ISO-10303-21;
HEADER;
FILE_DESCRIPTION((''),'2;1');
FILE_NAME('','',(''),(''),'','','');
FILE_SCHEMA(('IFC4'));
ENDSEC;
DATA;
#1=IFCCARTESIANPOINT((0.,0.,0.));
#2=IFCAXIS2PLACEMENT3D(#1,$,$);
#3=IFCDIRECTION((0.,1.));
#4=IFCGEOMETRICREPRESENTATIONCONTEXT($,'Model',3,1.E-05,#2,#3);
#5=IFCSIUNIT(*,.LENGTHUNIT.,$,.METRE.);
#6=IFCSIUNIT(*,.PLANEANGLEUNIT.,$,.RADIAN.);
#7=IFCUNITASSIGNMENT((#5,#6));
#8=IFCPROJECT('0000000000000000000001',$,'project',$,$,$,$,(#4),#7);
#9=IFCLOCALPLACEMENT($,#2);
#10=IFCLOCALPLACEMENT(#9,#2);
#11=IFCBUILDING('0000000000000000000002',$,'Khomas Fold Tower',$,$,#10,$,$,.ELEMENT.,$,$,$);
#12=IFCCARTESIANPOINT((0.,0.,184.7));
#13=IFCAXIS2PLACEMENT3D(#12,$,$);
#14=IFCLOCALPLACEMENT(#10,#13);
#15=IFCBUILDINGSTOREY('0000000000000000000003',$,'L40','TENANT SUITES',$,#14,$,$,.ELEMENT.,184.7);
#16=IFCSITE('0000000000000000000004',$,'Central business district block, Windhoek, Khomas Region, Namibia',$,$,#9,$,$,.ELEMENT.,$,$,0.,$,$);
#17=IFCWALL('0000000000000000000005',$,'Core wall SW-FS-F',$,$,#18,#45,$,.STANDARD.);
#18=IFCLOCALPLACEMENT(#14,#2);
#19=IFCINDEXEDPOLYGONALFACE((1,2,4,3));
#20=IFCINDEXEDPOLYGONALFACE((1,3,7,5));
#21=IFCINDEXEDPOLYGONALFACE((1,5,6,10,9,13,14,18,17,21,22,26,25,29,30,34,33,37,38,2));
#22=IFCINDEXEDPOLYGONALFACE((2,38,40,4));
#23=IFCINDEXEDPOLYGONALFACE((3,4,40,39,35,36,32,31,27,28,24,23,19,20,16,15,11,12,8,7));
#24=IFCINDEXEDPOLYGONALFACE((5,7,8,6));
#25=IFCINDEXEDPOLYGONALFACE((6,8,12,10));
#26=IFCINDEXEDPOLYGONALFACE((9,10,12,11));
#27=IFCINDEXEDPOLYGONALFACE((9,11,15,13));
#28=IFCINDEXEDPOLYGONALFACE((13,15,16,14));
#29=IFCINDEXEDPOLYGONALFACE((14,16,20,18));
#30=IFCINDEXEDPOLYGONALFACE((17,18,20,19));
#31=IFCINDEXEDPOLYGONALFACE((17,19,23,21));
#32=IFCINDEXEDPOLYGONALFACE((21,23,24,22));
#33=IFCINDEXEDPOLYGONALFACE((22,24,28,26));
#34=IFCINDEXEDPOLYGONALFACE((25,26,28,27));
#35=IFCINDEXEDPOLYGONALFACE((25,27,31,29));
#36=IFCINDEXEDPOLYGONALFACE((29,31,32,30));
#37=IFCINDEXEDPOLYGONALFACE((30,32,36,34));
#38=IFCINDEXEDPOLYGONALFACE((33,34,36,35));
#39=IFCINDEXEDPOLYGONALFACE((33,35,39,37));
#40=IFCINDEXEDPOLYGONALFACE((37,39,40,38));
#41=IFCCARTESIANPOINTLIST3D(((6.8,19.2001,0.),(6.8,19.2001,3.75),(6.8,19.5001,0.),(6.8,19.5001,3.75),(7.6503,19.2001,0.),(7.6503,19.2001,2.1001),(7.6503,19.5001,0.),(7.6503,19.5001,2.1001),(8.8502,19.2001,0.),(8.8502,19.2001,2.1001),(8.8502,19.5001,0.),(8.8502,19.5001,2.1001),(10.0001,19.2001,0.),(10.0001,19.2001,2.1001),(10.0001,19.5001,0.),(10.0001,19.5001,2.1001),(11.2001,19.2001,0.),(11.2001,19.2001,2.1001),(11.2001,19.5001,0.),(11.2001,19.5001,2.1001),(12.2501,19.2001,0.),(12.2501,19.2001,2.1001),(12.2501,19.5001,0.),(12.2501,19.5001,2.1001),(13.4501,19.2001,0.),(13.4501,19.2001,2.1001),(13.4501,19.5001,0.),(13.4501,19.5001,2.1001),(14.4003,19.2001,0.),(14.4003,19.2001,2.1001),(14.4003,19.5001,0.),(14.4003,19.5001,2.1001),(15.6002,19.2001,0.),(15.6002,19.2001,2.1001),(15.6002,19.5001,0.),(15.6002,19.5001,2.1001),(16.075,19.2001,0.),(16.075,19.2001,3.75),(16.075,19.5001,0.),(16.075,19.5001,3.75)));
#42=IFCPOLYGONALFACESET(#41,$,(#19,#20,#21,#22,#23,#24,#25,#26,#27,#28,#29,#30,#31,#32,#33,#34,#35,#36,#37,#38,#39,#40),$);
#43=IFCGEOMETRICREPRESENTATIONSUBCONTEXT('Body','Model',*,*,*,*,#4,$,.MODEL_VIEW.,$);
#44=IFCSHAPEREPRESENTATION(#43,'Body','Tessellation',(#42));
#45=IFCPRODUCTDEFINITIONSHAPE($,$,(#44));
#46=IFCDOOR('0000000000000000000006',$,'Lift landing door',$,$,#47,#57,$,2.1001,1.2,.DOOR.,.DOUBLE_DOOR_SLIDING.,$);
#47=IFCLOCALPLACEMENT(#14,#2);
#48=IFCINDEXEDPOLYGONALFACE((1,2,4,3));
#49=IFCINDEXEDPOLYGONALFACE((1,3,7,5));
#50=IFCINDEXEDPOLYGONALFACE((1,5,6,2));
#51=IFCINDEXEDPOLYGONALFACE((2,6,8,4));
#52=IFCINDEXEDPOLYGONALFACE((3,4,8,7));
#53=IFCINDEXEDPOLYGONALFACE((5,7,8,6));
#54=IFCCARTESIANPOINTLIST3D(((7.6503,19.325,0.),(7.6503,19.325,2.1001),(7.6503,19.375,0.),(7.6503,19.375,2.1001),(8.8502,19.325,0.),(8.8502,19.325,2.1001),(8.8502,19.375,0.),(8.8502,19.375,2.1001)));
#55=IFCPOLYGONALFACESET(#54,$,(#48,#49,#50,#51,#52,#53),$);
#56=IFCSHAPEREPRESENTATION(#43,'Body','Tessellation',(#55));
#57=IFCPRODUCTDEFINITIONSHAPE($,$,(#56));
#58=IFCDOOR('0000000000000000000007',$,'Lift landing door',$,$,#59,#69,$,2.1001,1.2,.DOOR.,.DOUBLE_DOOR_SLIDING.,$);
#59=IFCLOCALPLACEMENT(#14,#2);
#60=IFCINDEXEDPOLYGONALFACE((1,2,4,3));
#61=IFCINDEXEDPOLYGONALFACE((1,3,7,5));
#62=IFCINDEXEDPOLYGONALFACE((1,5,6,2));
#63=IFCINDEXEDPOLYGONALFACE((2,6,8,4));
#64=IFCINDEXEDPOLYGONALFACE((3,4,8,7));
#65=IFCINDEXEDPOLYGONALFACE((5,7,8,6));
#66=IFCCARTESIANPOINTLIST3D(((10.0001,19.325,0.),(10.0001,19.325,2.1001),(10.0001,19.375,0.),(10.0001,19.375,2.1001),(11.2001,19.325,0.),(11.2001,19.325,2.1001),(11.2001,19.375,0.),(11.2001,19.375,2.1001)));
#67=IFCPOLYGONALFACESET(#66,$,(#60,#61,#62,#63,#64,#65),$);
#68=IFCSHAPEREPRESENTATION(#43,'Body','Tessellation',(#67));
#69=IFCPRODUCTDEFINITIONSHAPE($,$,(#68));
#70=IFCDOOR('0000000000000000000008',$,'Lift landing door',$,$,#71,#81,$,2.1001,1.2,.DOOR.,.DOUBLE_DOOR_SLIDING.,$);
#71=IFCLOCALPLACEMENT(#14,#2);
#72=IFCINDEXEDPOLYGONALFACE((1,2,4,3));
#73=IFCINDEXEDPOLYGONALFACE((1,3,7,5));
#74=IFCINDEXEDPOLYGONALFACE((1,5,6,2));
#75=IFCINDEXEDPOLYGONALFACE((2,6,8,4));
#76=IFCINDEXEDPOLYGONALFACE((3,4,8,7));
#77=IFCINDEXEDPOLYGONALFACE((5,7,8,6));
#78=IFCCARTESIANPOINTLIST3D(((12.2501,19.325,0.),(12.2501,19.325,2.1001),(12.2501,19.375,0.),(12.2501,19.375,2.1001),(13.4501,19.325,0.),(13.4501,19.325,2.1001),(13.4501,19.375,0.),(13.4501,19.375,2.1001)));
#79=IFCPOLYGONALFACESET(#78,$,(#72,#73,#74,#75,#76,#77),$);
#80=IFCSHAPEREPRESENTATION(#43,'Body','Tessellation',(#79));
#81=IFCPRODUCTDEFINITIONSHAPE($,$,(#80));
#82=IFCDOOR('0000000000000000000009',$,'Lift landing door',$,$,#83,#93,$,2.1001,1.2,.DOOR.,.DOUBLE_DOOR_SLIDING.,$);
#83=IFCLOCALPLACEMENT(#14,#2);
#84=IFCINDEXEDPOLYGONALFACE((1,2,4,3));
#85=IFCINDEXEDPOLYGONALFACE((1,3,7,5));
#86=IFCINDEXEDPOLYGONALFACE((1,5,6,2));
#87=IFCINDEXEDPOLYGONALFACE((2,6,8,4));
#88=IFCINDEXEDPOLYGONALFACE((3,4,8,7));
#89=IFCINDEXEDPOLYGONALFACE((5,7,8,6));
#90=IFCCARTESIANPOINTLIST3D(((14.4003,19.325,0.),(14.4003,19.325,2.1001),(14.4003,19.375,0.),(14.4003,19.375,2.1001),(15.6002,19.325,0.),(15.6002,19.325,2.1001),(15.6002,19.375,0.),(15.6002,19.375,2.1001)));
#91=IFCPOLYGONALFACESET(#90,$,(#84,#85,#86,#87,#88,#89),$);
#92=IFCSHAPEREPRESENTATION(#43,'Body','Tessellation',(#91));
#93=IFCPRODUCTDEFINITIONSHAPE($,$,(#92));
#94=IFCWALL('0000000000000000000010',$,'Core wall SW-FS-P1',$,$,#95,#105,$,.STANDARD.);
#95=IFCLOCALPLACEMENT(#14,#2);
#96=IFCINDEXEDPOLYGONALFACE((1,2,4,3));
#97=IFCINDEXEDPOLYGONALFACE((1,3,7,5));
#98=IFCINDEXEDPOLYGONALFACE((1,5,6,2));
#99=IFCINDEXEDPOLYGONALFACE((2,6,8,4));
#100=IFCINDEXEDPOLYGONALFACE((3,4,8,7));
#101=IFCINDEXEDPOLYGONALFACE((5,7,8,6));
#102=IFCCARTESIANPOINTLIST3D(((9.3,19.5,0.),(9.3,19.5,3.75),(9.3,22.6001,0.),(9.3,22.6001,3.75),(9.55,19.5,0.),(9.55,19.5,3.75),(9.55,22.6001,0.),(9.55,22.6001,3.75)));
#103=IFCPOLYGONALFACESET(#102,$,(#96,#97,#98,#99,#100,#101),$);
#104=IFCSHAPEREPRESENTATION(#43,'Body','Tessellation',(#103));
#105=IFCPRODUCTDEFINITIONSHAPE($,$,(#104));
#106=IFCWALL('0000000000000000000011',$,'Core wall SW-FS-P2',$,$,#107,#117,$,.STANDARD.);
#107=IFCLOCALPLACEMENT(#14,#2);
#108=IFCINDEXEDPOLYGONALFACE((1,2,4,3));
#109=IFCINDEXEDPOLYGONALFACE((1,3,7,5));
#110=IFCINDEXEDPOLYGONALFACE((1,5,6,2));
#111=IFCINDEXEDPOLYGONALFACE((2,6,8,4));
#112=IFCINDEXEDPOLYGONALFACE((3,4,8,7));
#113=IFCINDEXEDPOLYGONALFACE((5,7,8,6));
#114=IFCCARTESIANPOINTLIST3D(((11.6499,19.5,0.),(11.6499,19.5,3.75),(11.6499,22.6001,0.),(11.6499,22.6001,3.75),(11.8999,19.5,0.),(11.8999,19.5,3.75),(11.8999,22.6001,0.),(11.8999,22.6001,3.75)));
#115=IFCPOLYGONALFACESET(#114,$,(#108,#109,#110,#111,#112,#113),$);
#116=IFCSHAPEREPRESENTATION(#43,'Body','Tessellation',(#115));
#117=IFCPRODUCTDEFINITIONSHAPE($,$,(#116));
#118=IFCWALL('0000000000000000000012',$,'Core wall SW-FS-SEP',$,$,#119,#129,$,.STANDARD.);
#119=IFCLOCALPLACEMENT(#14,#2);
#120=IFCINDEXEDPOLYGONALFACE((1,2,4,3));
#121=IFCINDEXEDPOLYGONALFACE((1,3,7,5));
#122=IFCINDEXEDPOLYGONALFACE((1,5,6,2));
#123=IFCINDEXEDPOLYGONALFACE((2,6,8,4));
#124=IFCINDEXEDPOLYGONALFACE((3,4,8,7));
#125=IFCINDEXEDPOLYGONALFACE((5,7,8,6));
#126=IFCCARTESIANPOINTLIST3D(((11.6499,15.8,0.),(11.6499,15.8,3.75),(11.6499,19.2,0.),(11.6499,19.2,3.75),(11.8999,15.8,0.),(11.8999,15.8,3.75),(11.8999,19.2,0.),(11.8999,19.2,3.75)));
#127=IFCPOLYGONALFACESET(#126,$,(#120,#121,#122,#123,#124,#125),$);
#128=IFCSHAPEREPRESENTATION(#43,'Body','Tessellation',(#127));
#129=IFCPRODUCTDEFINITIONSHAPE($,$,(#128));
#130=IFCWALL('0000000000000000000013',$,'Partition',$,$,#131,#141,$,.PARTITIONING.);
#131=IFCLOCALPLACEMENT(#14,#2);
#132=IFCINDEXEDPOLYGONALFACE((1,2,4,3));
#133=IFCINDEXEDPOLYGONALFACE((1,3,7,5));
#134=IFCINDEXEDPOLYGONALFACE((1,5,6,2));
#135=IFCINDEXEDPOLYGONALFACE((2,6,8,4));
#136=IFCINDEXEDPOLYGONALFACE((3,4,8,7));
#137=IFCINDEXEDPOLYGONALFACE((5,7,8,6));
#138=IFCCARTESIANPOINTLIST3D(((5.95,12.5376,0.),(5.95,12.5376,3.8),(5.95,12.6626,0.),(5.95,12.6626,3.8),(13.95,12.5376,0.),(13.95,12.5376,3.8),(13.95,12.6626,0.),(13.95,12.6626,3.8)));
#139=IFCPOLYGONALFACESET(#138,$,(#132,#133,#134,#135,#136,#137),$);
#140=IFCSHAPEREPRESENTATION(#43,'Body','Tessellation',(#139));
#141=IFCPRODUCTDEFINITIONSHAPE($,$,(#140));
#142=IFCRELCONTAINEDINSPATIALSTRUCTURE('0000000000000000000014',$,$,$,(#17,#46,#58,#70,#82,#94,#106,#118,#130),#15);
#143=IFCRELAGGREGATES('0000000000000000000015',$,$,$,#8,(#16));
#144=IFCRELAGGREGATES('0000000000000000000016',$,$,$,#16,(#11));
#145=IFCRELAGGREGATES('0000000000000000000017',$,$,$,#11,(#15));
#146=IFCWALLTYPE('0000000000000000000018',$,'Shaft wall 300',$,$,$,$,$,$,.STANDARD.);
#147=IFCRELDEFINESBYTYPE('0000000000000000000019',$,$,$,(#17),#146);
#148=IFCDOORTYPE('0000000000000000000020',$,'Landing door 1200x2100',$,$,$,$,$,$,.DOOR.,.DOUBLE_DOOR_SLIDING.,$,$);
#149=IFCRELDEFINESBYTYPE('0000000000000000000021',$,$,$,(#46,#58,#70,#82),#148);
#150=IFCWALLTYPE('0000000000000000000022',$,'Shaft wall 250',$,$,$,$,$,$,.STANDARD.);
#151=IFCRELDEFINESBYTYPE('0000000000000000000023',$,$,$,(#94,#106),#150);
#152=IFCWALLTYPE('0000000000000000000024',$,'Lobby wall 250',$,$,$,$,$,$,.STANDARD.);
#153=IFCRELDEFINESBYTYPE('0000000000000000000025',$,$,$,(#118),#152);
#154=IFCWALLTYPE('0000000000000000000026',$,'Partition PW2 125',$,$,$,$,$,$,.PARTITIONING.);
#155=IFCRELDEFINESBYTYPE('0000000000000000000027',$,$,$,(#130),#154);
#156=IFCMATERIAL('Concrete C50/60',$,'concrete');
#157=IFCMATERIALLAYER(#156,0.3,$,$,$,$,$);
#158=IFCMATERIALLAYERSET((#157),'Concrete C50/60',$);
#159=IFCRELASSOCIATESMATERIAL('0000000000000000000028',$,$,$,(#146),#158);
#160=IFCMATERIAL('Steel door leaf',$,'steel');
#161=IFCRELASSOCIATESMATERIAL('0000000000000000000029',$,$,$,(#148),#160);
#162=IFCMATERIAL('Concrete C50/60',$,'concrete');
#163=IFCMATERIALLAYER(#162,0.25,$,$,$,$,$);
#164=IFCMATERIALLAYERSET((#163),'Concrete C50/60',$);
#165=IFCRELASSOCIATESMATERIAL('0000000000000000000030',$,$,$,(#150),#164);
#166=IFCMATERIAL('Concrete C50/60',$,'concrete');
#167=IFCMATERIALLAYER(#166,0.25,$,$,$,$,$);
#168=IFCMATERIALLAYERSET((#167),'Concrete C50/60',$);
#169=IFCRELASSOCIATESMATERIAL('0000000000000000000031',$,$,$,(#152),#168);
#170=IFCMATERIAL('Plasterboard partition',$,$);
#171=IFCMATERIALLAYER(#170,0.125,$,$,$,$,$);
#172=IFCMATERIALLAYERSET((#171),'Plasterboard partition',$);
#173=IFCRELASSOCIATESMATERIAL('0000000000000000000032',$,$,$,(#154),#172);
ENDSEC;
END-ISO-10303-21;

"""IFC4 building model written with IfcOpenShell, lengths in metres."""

from ifc_helpers import new_model, si_unit, direction, frame, frame_2d, origin, place, context, subcontext, project, spatial, rectangle, extrude, source, transform, mapped, material, layer, layer_set, type_object, element, fill, save


model = new_model("IFC4")

# Units and contexts
model_context = context("Model", 3, precision=1e-05, world=origin(), true_north=direction((0.0, 1.0)))
body_context = subcontext(model_context, "Body", "Model", "MODEL_VIEW")
ifc_project = project(units=[si_unit("LENGTHUNIT", "METRE"), si_unit("PLANEANGLEUNIT", "RADIAN")], contexts=[model_context])

# Site, building, storey
site_placement = place(None, origin())
site = spatial("IfcSite", under=ifc_project, at=site_placement, Name="Central business district block, Windhoek, Khomas Region, Namibia", CompositionType="ELEMENT", RefElevation=0.0)
building_placement = place(site_placement, origin())
building = spatial("IfcBuilding", under=site, at=building_placement, Name="Khomas Fold Tower", CompositionType="ELEMENT")
storey_placement = place(building_placement, frame((0.0, 0.0, 184.7)))
storey = spatial("IfcBuildingStorey", under=building, at=storey_placement, Name="L40", Description="TENANT SUITES", CompositionType="ELEMENT", Elevation=184.7)

# Wall, openings, doors
ifc_material_1 = material(Name="Concrete C50/60", Category="concrete")
ifc_layer_1 = layer(ifc_material_1, 0.3)
ifc_layer_set_1 = layer_set([ifc_layer_1], Name="Concrete C50/60")
wall_type_1 = type_object("IfcWallType", Name="Shaft wall 300", PredefinedType="STANDARD", material=ifc_layer_set_1)
shared_shape_1 = source(origin(), body_context, "Body", "SweptSolid", [
    extrude(rectangle(XDim=9.2749, YDim=0.3, at=frame_2d((4.6375, 0.0))), origin(), (0.0, 0.0, 1.0), 3.75),
])
wall_1_placement = place(storey_placement, frame((6.8, 19.3501, 0.0), z_axis=(0.0, 0.0, 1.0), x_axis=(1.0, 0.0, 0.0)))
wall_1 = element("IfcWall", 1, at=wall_1_placement, inside=storey, type_object=wall_type_1, Name="Core wall SW-FS-F", PredefinedType="STANDARD", context=body_context, shape_type="MappedRepresentation", body=[
    mapped(shared_shape_1, transform((0.0, 0.0, 0.0))),
])
shared_shape_2 = source(origin(), body_context, "Body", "SweptSolid", [
    extrude(rectangle(XDim=1.2, YDim=2.1001, at=frame_2d((0.6001, 1.05))), frame((0.0, 0.1599, 0.0), z_axis=(0.0, -1.0, 0.0), x_axis=(1.0, 0.0, 0.0)), (0.0, 0.0, 1.0), 0.3201),
])
opening_1_placement = place(wall_1_placement, frame((0.8501, 0.0, 0.0)))
opening_1 = element("IfcOpeningElement", 2, at=opening_1_placement, cuts=wall_1, PredefinedType="OPENING", context=body_context, shape_type="MappedRepresentation", body=[
    mapped(shared_shape_2, transform((0.0, 0.0, 0.0))),
])
opening_2_placement = place(wall_1_placement, frame((3.2, 0.0, 0.0)))
opening_2 = element("IfcOpeningElement", 3, at=opening_2_placement, cuts=wall_1, PredefinedType="OPENING", context=body_context, shape_type="MappedRepresentation", body=[
    mapped(shared_shape_2, transform((0.0, 0.0, 0.0))),
])
opening_3_placement = place(wall_1_placement, frame((5.45, 0.0, 0.0)))
opening_3 = element("IfcOpeningElement", 4, at=opening_3_placement, cuts=wall_1, PredefinedType="OPENING", context=body_context, shape_type="MappedRepresentation", body=[
    mapped(shared_shape_2, transform((0.0, 0.0, 0.0))),
])
opening_4_placement = place(wall_1_placement, frame((7.6001, 0.0, 0.0)))
opening_4 = element("IfcOpeningElement", 5, at=opening_4_placement, cuts=wall_1, PredefinedType="OPENING", context=body_context, shape_type="MappedRepresentation", body=[
    mapped(shared_shape_2, transform((0.0, 0.0, 0.0))),
])
ifc_material_2 = material(Name="Steel door leaf", Category="steel")
door_type_1 = type_object("IfcDoorType", Name="Landing door 1200x2100", OperationType="DOUBLE_DOOR_SLIDING", PredefinedType="DOOR", material=ifc_material_2)
shared_shape_3 = source(origin(), body_context, "Body", "SweptSolid", [
    extrude(rectangle(XDim=1.2, YDim=2.1001, at=frame_2d((0.6001, 1.05))), frame((0.0, 0.0249, 0.0), z_axis=(0.0, -1.0, 0.0), x_axis=(1.0, 0.0, 0.0)), (0.0, 0.0, 1.0), 0.05),
])
door_1_placement = place(opening_1_placement, origin())
door_1 = element("IfcDoor", 6, at=door_1_placement, inside=storey, type_object=door_type_1, Name="Lift landing door", OperationType="DOUBLE_DOOR_SLIDING", OverallHeight=2.1001, OverallWidth=1.2, PredefinedType="DOOR", context=body_context, shape_type="MappedRepresentation", body=[
    mapped(shared_shape_3, transform((0.0, 0.0, 0.0))),
])
fill(opening_1, door_1)
door_2_placement = place(opening_2_placement, origin())
door_2 = element("IfcDoor", 7, at=door_2_placement, inside=storey, type_object=door_type_1, Name="Lift landing door", OperationType="DOUBLE_DOOR_SLIDING", OverallHeight=2.1001, OverallWidth=1.2, PredefinedType="DOOR", context=body_context, shape_type="MappedRepresentation", body=[
    mapped(shared_shape_3, transform((0.0, 0.0, 0.0))),
])
fill(opening_2, door_2)
door_3_placement = place(opening_3_placement, origin())
door_3 = element("IfcDoor", 8, at=door_3_placement, inside=storey, type_object=door_type_1, Name="Lift landing door", OperationType="DOUBLE_DOOR_SLIDING", OverallHeight=2.1001, OverallWidth=1.2, PredefinedType="DOOR", context=body_context, shape_type="MappedRepresentation", body=[
    mapped(shared_shape_3, transform((0.0, 0.0, 0.0))),
])
fill(opening_3, door_3)
door_4_placement = place(opening_4_placement, origin())
door_4 = element("IfcDoor", 9, at=door_4_placement, inside=storey, type_object=door_type_1, Name="Lift landing door", OperationType="DOUBLE_DOOR_SLIDING", OverallHeight=2.1001, OverallWidth=1.2, PredefinedType="DOOR", context=body_context, shape_type="MappedRepresentation", body=[
    mapped(shared_shape_3, transform((0.0, 0.0, 0.0))),
])
fill(opening_4, door_4)

# Walls
ifc_material_3 = material(Name="Concrete C50/60", Category="concrete")
ifc_layer_2 = layer(ifc_material_3, 0.25)
ifc_layer_set_2 = layer_set([ifc_layer_2], Name="Concrete C50/60")
wall_type_2 = type_object("IfcWallType", Name="Shaft wall 250", PredefinedType="STANDARD", material=ifc_layer_set_2)
shared_shape_4 = source(origin(), body_context, "Body", "SweptSolid", [
    extrude(rectangle(XDim=3.1001, YDim=0.25, at=frame_2d((1.55, 0.0))), origin(), (0.0, 0.0, 1.0), 3.75),
])
for number, where, z_axis, x_axis, name in (
    (10, (9.425, 19.5, 0.0), (0.0, 0.0, 1.0), (0.0, 1.0, 0.0), "Core wall SW-FS-P1"),
    (11, (11.7749, 19.5, 0.0), (0.0, 0.0, 1.0), (0.0, 1.0, 0.0), "Core wall SW-FS-P2"),
):
    element("IfcWall", number, at=place(storey_placement, frame(where, z_axis=z_axis, x_axis=x_axis)), inside=storey, type_object=wall_type_2, Name=name, PredefinedType="STANDARD", context=body_context, shape_type="MappedRepresentation", body=[
        mapped(shared_shape_4, transform((0.0, 0.0, 0.0))),
    ])
ifc_material_4 = material(Name="Concrete C50/60", Category="concrete")
ifc_layer_3 = layer(ifc_material_4, 0.25)
ifc_layer_set_3 = layer_set([ifc_layer_3], Name="Concrete C50/60")
wall_type_3 = type_object("IfcWallType", Name="Lobby wall 250", PredefinedType="STANDARD", material=ifc_layer_set_3)
shared_shape_5 = source(origin(), body_context, "Body", "SweptSolid", [
    extrude(rectangle(XDim=3.3999, YDim=0.25, at=frame_2d((1.7, 0.0))), origin(), (0.0, 0.0, 1.0), 3.75),
])
wall_2_placement = place(storey_placement, frame((11.7749, 15.8, 0.0), z_axis=(0.0, 0.0, 1.0), x_axis=(0.0, 1.0, 0.0)))
element("IfcWall", 12, at=wall_2_placement, inside=storey, type_object=wall_type_3, Name="Core wall SW-FS-SEP", PredefinedType="STANDARD", context=body_context, shape_type="MappedRepresentation", body=[
    mapped(shared_shape_5, transform((0.0, 0.0, 0.0))),
])
ifc_material_5 = material(Name="Plasterboard partition")
ifc_layer_4 = layer(ifc_material_5, 0.125)
ifc_layer_set_4 = layer_set([ifc_layer_4], Name="Plasterboard partition")
wall_type_4 = type_object("IfcWallType", Name="Partition PW2 125", PredefinedType="PARTITIONING", material=ifc_layer_set_4)
shared_shape_6 = source(origin(), body_context, "Body", "SweptSolid", [
    extrude(rectangle(XDim=8.0, YDim=0.125, at=frame_2d((4.0, 0.0))), origin(), (0.0, 0.0, 1.0), 3.8),
])
wall_3_placement = place(storey_placement, frame((5.95, 12.6001, 0.0), z_axis=(0.0, 0.0, 1.0), x_axis=(1.0, 0.0, 0.0)))
element("IfcWall", 13, at=wall_3_placement, inside=storey, type_object=wall_type_4, Name="Partition", PredefinedType="PARTITIONING", context=body_context, shape_type="MappedRepresentation", body=[
    mapped(shared_shape_6, transform((0.0, 0.0, 0.0))),
])

save(model, "model.ifc")
